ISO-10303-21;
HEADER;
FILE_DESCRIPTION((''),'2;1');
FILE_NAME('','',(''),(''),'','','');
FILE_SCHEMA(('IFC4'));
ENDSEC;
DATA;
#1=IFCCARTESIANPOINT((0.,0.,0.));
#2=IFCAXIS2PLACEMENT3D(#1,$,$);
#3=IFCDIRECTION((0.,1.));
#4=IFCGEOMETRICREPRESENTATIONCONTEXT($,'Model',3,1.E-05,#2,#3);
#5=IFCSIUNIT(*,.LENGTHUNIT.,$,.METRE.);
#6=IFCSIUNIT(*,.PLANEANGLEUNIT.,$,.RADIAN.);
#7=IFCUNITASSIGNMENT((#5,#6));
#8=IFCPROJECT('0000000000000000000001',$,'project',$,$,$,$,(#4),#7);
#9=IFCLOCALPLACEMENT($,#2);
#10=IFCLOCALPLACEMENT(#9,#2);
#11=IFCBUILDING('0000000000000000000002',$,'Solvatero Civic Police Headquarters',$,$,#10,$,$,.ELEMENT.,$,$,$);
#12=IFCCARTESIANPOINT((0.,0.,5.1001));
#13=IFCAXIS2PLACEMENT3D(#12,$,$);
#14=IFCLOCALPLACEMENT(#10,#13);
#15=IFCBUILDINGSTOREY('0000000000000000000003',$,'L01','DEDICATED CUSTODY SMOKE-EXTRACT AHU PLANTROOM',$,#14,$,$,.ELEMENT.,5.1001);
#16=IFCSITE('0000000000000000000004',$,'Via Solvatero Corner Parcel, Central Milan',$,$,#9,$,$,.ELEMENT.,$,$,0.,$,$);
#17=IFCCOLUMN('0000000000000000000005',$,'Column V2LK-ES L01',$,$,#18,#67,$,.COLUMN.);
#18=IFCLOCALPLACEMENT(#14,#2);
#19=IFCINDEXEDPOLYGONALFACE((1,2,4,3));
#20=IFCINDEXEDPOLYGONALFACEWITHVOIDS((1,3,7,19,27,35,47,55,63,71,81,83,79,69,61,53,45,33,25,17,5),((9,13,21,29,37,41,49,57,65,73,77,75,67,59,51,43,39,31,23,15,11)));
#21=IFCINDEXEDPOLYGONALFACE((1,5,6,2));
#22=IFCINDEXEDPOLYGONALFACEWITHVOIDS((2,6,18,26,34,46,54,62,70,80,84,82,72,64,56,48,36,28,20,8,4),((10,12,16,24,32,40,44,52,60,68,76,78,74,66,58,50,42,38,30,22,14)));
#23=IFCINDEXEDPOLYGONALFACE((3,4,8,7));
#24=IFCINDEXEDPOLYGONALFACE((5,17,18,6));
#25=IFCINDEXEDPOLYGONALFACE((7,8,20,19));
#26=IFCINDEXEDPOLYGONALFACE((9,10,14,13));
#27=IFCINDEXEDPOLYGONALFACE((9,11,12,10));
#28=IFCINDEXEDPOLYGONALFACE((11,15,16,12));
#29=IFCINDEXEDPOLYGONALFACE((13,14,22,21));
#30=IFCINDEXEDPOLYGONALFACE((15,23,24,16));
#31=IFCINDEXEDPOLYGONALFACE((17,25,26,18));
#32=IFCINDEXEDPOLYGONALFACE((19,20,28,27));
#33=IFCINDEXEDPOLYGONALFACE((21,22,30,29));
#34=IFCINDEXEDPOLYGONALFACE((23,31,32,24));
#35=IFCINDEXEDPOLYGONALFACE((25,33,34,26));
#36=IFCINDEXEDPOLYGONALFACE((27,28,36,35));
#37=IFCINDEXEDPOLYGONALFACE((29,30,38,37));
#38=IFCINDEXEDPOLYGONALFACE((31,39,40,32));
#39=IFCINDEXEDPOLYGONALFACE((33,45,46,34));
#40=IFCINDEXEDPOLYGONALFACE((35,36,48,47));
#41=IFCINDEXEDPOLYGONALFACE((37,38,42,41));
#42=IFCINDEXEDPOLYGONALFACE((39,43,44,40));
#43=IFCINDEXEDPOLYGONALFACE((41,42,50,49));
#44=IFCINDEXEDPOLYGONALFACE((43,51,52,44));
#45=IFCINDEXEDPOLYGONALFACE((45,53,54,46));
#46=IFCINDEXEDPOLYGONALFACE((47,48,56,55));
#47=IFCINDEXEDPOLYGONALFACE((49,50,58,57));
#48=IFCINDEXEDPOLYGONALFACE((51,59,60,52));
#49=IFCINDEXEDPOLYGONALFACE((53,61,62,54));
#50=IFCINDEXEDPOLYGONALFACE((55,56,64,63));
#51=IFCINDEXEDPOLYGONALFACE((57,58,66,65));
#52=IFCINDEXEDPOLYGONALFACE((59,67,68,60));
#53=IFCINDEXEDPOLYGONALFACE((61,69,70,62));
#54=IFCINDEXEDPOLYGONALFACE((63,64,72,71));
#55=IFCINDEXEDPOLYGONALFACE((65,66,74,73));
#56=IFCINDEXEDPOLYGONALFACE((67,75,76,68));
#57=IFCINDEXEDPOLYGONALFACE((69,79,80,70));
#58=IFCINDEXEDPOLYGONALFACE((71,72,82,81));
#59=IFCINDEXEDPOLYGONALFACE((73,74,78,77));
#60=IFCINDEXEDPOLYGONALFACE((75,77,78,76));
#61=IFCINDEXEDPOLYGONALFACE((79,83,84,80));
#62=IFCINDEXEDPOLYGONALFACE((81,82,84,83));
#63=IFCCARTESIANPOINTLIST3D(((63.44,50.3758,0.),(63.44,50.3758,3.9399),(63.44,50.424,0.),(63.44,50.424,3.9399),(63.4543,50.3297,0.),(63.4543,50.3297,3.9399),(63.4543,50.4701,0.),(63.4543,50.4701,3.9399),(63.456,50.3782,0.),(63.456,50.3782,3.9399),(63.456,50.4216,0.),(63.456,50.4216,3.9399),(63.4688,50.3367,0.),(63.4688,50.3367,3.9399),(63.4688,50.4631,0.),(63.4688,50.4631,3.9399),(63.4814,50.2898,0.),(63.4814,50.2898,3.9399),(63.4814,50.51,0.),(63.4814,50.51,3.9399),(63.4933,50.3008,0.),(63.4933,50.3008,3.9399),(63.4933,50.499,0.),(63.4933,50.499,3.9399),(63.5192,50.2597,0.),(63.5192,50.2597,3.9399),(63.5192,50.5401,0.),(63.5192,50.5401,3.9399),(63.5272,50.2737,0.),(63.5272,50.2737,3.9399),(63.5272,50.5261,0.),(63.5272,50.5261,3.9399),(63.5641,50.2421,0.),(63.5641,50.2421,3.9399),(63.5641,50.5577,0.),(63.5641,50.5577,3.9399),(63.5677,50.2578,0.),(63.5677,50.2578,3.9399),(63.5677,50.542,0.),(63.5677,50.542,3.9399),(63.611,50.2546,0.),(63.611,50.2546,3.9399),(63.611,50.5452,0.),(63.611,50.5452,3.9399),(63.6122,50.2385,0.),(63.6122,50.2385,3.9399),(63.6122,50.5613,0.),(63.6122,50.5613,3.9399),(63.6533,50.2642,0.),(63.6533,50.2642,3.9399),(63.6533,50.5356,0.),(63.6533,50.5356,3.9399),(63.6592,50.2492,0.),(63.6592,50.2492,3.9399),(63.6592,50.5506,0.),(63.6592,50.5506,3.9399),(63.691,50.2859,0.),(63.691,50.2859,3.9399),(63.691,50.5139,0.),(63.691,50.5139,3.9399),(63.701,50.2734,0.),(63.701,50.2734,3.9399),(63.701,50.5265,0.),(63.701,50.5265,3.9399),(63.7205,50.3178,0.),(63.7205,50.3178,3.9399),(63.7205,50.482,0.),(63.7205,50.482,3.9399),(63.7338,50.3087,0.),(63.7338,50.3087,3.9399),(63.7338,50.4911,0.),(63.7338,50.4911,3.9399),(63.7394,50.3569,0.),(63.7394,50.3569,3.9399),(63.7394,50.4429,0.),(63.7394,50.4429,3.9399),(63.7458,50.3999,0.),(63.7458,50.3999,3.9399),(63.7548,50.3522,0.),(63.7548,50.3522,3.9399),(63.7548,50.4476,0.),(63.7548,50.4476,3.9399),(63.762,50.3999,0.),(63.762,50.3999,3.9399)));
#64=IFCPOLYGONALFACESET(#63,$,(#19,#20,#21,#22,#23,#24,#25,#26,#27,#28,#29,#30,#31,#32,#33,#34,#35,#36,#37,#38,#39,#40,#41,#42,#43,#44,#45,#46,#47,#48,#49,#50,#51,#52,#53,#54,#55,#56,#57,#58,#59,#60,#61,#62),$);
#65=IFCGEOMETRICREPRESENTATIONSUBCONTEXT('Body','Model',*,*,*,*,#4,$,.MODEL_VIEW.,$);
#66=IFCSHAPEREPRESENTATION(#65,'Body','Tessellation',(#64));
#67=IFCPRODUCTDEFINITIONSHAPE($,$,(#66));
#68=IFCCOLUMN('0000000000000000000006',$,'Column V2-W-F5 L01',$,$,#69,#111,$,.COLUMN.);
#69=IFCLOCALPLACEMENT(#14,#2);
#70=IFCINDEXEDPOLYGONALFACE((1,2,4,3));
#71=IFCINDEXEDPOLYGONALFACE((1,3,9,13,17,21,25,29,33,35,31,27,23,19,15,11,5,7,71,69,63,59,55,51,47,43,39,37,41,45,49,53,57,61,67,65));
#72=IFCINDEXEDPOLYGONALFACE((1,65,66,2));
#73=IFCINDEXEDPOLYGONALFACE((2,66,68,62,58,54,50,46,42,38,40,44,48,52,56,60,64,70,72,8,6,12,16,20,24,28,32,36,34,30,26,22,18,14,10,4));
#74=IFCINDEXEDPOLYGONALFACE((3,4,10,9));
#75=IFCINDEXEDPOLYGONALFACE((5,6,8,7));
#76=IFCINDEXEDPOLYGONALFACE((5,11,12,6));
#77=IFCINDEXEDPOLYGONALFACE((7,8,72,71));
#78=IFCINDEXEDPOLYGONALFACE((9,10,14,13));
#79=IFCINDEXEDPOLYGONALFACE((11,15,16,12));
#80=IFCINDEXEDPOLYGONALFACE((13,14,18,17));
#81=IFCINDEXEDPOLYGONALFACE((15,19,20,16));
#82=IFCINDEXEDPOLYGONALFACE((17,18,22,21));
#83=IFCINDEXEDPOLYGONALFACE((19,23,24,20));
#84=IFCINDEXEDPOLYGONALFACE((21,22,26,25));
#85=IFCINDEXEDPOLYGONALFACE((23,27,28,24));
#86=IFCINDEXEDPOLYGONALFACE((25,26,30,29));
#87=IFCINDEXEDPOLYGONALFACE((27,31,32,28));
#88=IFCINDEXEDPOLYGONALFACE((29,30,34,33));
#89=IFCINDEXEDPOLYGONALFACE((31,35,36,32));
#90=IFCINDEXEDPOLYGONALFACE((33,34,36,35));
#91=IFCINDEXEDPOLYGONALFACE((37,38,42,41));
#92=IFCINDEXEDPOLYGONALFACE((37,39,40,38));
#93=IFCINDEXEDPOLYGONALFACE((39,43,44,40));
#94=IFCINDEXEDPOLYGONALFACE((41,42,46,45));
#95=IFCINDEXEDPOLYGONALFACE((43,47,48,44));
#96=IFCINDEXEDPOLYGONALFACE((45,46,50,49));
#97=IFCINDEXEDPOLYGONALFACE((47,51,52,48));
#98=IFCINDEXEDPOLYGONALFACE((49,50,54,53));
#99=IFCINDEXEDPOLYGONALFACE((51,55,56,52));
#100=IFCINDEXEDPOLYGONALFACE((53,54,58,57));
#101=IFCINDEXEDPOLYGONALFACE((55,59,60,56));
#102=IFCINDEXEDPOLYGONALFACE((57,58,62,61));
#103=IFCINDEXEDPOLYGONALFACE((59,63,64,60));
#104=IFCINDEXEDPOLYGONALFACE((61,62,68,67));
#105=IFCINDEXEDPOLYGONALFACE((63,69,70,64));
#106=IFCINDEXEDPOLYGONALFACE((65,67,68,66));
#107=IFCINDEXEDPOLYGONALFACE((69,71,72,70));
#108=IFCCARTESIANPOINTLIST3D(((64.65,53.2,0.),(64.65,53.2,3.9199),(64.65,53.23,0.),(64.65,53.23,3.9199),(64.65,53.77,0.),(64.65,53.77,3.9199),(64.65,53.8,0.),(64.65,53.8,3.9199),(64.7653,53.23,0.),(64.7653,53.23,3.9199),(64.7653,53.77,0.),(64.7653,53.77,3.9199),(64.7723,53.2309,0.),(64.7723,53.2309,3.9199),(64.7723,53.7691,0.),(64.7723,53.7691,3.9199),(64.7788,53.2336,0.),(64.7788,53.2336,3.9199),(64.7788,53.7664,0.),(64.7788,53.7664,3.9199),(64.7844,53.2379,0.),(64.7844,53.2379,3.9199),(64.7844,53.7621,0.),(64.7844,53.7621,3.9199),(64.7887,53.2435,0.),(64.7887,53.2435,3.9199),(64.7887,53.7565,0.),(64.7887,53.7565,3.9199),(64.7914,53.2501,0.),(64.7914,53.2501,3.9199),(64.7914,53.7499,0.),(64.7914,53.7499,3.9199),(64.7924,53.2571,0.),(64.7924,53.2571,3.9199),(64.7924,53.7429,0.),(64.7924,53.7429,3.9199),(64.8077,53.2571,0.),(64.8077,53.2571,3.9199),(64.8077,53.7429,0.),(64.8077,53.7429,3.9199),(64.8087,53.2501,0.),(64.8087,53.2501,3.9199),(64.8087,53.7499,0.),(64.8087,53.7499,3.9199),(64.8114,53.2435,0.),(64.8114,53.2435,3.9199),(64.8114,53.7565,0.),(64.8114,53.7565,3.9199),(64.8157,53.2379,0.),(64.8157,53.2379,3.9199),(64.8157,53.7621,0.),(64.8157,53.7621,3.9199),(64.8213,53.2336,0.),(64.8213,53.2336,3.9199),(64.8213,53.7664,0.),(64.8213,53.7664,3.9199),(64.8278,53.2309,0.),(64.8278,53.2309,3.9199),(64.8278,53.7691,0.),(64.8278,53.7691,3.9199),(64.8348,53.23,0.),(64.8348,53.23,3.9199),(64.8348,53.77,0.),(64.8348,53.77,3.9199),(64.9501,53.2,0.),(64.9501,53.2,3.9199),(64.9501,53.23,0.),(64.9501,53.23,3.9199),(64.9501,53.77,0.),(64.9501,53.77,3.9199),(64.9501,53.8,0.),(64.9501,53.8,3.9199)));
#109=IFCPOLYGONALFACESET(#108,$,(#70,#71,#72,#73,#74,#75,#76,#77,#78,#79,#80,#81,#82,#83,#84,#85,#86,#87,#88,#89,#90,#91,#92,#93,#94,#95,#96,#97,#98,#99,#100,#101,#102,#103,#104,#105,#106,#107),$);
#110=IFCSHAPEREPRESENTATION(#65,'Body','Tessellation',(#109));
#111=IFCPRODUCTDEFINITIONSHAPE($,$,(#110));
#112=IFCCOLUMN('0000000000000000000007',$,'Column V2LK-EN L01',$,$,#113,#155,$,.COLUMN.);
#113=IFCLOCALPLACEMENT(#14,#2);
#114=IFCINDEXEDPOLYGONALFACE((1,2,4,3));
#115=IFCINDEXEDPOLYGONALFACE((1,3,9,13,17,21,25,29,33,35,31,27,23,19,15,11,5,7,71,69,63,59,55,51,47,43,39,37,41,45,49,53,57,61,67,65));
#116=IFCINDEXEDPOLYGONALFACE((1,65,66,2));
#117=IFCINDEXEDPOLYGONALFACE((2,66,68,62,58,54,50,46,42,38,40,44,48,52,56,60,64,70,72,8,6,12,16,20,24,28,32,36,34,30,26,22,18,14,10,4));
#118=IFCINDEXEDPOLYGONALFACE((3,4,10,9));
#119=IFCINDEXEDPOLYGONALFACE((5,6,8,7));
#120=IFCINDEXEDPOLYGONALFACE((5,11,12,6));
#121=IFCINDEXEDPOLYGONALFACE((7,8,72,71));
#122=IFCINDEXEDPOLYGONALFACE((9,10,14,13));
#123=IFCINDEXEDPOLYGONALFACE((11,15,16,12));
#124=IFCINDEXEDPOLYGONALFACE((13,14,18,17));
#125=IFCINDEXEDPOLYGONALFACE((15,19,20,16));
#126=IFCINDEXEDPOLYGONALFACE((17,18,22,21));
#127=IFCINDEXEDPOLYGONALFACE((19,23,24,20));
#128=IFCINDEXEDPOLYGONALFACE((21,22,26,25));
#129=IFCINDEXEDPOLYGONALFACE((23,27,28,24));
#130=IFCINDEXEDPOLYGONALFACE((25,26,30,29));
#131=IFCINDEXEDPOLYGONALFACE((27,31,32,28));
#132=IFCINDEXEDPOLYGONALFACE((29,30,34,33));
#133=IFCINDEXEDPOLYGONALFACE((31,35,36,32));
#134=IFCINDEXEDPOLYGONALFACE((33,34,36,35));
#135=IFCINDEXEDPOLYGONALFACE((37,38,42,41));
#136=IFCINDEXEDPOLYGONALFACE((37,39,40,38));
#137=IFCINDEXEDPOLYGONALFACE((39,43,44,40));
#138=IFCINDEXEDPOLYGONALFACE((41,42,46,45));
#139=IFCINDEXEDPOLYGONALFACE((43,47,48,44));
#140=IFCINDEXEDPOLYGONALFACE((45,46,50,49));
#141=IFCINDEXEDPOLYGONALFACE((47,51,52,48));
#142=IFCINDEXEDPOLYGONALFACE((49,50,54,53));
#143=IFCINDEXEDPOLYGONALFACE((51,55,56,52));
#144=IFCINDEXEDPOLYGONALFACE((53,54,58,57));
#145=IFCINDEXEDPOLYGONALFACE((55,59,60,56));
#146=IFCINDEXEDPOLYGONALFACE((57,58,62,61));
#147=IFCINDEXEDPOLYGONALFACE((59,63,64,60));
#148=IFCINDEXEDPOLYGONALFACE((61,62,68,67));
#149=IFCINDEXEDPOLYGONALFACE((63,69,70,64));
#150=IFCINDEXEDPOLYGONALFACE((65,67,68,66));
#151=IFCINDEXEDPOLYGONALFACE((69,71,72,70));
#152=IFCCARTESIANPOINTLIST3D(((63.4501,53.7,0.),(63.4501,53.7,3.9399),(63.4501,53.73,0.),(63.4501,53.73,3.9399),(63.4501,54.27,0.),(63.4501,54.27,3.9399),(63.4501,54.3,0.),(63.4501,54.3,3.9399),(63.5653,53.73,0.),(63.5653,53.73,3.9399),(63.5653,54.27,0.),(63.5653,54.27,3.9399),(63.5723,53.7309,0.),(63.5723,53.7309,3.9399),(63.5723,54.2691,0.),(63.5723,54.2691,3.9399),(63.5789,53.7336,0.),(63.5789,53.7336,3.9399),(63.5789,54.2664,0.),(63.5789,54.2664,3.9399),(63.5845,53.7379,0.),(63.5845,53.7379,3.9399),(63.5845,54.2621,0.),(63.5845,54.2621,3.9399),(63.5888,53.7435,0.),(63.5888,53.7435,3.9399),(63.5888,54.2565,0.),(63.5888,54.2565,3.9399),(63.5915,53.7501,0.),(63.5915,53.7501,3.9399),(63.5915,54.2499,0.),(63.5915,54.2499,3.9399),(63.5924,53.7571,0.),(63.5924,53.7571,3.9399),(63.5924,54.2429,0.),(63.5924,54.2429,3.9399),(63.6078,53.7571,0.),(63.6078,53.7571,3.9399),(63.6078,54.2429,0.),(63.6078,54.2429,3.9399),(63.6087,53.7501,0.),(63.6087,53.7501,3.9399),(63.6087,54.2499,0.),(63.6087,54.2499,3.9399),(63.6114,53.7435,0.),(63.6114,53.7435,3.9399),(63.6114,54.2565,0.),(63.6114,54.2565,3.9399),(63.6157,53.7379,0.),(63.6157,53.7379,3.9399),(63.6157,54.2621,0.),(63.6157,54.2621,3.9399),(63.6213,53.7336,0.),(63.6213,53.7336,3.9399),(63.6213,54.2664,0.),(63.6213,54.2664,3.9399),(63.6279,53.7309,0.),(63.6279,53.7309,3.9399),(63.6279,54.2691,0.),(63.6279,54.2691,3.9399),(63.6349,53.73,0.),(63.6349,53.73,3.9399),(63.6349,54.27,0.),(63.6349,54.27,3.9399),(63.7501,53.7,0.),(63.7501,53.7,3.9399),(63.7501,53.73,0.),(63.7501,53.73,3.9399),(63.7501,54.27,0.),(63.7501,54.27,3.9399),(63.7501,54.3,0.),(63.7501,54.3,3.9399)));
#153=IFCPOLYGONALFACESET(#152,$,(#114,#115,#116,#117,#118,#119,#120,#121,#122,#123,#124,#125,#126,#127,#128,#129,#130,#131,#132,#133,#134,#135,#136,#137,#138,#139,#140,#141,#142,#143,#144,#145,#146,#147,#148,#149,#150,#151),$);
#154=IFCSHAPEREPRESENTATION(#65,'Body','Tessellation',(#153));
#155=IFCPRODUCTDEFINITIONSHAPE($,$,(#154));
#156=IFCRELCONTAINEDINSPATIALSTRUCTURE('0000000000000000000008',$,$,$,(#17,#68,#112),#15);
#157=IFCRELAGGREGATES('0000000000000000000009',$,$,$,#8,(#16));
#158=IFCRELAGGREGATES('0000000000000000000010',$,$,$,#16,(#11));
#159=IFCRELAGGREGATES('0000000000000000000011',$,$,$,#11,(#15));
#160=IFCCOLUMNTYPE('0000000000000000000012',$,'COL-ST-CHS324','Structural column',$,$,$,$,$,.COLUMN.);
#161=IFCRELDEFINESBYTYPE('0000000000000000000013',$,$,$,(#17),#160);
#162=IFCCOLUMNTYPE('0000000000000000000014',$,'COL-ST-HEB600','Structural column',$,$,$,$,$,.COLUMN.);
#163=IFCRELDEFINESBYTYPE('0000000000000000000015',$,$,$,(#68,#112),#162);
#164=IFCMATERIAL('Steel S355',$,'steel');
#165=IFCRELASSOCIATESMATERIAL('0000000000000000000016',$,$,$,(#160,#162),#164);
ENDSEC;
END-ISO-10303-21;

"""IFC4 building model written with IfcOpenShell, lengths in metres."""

from ifc_helpers import new_model, si_unit, direction, frame, origin, origin_2d, place, context, subcontext, project, spatial, hollow_circle, i_section, extrude, material, material_profile, profile_set, type_object, element, save


model = new_model("IFC4")

# Units and contexts
model_context = context("Model", 3, precision=1e-05, world=origin(), true_north=direction((0.0, 1.0)))
body_context = subcontext(model_context, "Body", "Model", "MODEL_VIEW")
ifc_project = project(units=[si_unit("LENGTHUNIT", "METRE"), si_unit("PLANEANGLEUNIT", "RADIAN")], contexts=[model_context])

# Site, building, storey
site_placement = place(None, origin())
site = spatial("IfcSite", under=ifc_project, at=site_placement, Name="Via Solvatero Corner Parcel, Central Milan", CompositionType="ELEMENT", RefElevation=0.0)
building_placement = place(site_placement, origin())
building = spatial("IfcBuilding", under=site, at=building_placement, Name="Solvatero Civic Police Headquarters", CompositionType="ELEMENT")
storey_placement = place(building_placement, frame((0.0, 0.0, 5.1001)))
storey = spatial("IfcBuildingStorey", under=building, at=storey_placement, Name="L01", Description="DEDICATED CUSTODY SMOKE-EXTRACT AHU PLANTROOM", CompositionType="ELEMENT", Elevation=5.1001)

# Columns
ifc_material_1 = material(Name="Steel S355", Category="steel")
ifc_material_profile_1 = material_profile(ifc_material_1, hollow_circle(Radius=0.1619, WallThickness=0.0161, at=origin_2d()), Name="CHS 323.9x16.0")
ifc_profile_set_1 = profile_set([ifc_material_profile_1], Name="Steel S355")
column_type_1 = type_object("IfcColumnType", Name="COL-ST-CHS324", Description="Structural column", PredefinedType="COLUMN", material=ifc_profile_set_1)
column_1_placement = place(storey_placement, frame((63.6001, 50.3999, 0.0), z_axis=(0.0, 0.0, 1.0), x_axis=(1.0, 0.0, 0.0)))
element("IfcColumn", 1, at=column_1_placement, inside=storey, type_object=column_type_1, Name="Column V2LK-ES L01", PredefinedType="COLUMN", context=body_context, shape_type="SweptSolid", body=[
    extrude(hollow_circle(Radius=0.1619, WallThickness=0.0161, at=origin_2d()), origin(), (0.0, 0.0, 1.0), 3.9399),
])
ifc_material_profile_2 = material_profile(ifc_material_1, i_section(OverallWidth=0.3, OverallDepth=0.6001, WebThickness=0.0154, FlangeThickness=0.03, FilletRadius=0.0271, at=origin_2d()), Name="HEB 600")
ifc_profile_set_2 = profile_set([ifc_material_profile_2], Name="Steel S355")
column_type_2 = type_object("IfcColumnType", Name="COL-ST-HEB600", Description="Structural column", PredefinedType="COLUMN", material=ifc_profile_set_2)
column_2_placement = place(storey_placement, frame((64.8, 53.5, 0.0), z_axis=(0.0, 0.0, 1.0), x_axis=(1.0, 0.0, 0.0)))
element("IfcColumn", 2, at=column_2_placement, inside=storey, type_object=column_type_2, Name="Column V2-W-F5 L01", PredefinedType="COLUMN", context=body_context, shape_type="SweptSolid", body=[
    extrude(i_section(OverallWidth=0.3, OverallDepth=0.6001, WebThickness=0.0154, FlangeThickness=0.03, FilletRadius=0.0271, at=origin_2d()), origin(), (0.0, 0.0, 1.0), 3.9199),
])
column_3_placement = place(storey_placement, frame((63.6001, 54.0, 0.0), z_axis=(0.0, 0.0, 1.0), x_axis=(1.0, 0.0, 0.0)))
element("IfcColumn", 3, at=column_3_placement, inside=storey, type_object=column_type_2, Name="Column V2LK-EN L01", PredefinedType="COLUMN", context=body_context, shape_type="SweptSolid", body=[
    extrude(i_section(OverallWidth=0.3, OverallDepth=0.6001, WebThickness=0.0154, FlangeThickness=0.03, FilletRadius=0.0271, at=origin_2d()), origin(), (0.0, 0.0, 1.0), 3.9399),
])

save(model, "model.ifc")
